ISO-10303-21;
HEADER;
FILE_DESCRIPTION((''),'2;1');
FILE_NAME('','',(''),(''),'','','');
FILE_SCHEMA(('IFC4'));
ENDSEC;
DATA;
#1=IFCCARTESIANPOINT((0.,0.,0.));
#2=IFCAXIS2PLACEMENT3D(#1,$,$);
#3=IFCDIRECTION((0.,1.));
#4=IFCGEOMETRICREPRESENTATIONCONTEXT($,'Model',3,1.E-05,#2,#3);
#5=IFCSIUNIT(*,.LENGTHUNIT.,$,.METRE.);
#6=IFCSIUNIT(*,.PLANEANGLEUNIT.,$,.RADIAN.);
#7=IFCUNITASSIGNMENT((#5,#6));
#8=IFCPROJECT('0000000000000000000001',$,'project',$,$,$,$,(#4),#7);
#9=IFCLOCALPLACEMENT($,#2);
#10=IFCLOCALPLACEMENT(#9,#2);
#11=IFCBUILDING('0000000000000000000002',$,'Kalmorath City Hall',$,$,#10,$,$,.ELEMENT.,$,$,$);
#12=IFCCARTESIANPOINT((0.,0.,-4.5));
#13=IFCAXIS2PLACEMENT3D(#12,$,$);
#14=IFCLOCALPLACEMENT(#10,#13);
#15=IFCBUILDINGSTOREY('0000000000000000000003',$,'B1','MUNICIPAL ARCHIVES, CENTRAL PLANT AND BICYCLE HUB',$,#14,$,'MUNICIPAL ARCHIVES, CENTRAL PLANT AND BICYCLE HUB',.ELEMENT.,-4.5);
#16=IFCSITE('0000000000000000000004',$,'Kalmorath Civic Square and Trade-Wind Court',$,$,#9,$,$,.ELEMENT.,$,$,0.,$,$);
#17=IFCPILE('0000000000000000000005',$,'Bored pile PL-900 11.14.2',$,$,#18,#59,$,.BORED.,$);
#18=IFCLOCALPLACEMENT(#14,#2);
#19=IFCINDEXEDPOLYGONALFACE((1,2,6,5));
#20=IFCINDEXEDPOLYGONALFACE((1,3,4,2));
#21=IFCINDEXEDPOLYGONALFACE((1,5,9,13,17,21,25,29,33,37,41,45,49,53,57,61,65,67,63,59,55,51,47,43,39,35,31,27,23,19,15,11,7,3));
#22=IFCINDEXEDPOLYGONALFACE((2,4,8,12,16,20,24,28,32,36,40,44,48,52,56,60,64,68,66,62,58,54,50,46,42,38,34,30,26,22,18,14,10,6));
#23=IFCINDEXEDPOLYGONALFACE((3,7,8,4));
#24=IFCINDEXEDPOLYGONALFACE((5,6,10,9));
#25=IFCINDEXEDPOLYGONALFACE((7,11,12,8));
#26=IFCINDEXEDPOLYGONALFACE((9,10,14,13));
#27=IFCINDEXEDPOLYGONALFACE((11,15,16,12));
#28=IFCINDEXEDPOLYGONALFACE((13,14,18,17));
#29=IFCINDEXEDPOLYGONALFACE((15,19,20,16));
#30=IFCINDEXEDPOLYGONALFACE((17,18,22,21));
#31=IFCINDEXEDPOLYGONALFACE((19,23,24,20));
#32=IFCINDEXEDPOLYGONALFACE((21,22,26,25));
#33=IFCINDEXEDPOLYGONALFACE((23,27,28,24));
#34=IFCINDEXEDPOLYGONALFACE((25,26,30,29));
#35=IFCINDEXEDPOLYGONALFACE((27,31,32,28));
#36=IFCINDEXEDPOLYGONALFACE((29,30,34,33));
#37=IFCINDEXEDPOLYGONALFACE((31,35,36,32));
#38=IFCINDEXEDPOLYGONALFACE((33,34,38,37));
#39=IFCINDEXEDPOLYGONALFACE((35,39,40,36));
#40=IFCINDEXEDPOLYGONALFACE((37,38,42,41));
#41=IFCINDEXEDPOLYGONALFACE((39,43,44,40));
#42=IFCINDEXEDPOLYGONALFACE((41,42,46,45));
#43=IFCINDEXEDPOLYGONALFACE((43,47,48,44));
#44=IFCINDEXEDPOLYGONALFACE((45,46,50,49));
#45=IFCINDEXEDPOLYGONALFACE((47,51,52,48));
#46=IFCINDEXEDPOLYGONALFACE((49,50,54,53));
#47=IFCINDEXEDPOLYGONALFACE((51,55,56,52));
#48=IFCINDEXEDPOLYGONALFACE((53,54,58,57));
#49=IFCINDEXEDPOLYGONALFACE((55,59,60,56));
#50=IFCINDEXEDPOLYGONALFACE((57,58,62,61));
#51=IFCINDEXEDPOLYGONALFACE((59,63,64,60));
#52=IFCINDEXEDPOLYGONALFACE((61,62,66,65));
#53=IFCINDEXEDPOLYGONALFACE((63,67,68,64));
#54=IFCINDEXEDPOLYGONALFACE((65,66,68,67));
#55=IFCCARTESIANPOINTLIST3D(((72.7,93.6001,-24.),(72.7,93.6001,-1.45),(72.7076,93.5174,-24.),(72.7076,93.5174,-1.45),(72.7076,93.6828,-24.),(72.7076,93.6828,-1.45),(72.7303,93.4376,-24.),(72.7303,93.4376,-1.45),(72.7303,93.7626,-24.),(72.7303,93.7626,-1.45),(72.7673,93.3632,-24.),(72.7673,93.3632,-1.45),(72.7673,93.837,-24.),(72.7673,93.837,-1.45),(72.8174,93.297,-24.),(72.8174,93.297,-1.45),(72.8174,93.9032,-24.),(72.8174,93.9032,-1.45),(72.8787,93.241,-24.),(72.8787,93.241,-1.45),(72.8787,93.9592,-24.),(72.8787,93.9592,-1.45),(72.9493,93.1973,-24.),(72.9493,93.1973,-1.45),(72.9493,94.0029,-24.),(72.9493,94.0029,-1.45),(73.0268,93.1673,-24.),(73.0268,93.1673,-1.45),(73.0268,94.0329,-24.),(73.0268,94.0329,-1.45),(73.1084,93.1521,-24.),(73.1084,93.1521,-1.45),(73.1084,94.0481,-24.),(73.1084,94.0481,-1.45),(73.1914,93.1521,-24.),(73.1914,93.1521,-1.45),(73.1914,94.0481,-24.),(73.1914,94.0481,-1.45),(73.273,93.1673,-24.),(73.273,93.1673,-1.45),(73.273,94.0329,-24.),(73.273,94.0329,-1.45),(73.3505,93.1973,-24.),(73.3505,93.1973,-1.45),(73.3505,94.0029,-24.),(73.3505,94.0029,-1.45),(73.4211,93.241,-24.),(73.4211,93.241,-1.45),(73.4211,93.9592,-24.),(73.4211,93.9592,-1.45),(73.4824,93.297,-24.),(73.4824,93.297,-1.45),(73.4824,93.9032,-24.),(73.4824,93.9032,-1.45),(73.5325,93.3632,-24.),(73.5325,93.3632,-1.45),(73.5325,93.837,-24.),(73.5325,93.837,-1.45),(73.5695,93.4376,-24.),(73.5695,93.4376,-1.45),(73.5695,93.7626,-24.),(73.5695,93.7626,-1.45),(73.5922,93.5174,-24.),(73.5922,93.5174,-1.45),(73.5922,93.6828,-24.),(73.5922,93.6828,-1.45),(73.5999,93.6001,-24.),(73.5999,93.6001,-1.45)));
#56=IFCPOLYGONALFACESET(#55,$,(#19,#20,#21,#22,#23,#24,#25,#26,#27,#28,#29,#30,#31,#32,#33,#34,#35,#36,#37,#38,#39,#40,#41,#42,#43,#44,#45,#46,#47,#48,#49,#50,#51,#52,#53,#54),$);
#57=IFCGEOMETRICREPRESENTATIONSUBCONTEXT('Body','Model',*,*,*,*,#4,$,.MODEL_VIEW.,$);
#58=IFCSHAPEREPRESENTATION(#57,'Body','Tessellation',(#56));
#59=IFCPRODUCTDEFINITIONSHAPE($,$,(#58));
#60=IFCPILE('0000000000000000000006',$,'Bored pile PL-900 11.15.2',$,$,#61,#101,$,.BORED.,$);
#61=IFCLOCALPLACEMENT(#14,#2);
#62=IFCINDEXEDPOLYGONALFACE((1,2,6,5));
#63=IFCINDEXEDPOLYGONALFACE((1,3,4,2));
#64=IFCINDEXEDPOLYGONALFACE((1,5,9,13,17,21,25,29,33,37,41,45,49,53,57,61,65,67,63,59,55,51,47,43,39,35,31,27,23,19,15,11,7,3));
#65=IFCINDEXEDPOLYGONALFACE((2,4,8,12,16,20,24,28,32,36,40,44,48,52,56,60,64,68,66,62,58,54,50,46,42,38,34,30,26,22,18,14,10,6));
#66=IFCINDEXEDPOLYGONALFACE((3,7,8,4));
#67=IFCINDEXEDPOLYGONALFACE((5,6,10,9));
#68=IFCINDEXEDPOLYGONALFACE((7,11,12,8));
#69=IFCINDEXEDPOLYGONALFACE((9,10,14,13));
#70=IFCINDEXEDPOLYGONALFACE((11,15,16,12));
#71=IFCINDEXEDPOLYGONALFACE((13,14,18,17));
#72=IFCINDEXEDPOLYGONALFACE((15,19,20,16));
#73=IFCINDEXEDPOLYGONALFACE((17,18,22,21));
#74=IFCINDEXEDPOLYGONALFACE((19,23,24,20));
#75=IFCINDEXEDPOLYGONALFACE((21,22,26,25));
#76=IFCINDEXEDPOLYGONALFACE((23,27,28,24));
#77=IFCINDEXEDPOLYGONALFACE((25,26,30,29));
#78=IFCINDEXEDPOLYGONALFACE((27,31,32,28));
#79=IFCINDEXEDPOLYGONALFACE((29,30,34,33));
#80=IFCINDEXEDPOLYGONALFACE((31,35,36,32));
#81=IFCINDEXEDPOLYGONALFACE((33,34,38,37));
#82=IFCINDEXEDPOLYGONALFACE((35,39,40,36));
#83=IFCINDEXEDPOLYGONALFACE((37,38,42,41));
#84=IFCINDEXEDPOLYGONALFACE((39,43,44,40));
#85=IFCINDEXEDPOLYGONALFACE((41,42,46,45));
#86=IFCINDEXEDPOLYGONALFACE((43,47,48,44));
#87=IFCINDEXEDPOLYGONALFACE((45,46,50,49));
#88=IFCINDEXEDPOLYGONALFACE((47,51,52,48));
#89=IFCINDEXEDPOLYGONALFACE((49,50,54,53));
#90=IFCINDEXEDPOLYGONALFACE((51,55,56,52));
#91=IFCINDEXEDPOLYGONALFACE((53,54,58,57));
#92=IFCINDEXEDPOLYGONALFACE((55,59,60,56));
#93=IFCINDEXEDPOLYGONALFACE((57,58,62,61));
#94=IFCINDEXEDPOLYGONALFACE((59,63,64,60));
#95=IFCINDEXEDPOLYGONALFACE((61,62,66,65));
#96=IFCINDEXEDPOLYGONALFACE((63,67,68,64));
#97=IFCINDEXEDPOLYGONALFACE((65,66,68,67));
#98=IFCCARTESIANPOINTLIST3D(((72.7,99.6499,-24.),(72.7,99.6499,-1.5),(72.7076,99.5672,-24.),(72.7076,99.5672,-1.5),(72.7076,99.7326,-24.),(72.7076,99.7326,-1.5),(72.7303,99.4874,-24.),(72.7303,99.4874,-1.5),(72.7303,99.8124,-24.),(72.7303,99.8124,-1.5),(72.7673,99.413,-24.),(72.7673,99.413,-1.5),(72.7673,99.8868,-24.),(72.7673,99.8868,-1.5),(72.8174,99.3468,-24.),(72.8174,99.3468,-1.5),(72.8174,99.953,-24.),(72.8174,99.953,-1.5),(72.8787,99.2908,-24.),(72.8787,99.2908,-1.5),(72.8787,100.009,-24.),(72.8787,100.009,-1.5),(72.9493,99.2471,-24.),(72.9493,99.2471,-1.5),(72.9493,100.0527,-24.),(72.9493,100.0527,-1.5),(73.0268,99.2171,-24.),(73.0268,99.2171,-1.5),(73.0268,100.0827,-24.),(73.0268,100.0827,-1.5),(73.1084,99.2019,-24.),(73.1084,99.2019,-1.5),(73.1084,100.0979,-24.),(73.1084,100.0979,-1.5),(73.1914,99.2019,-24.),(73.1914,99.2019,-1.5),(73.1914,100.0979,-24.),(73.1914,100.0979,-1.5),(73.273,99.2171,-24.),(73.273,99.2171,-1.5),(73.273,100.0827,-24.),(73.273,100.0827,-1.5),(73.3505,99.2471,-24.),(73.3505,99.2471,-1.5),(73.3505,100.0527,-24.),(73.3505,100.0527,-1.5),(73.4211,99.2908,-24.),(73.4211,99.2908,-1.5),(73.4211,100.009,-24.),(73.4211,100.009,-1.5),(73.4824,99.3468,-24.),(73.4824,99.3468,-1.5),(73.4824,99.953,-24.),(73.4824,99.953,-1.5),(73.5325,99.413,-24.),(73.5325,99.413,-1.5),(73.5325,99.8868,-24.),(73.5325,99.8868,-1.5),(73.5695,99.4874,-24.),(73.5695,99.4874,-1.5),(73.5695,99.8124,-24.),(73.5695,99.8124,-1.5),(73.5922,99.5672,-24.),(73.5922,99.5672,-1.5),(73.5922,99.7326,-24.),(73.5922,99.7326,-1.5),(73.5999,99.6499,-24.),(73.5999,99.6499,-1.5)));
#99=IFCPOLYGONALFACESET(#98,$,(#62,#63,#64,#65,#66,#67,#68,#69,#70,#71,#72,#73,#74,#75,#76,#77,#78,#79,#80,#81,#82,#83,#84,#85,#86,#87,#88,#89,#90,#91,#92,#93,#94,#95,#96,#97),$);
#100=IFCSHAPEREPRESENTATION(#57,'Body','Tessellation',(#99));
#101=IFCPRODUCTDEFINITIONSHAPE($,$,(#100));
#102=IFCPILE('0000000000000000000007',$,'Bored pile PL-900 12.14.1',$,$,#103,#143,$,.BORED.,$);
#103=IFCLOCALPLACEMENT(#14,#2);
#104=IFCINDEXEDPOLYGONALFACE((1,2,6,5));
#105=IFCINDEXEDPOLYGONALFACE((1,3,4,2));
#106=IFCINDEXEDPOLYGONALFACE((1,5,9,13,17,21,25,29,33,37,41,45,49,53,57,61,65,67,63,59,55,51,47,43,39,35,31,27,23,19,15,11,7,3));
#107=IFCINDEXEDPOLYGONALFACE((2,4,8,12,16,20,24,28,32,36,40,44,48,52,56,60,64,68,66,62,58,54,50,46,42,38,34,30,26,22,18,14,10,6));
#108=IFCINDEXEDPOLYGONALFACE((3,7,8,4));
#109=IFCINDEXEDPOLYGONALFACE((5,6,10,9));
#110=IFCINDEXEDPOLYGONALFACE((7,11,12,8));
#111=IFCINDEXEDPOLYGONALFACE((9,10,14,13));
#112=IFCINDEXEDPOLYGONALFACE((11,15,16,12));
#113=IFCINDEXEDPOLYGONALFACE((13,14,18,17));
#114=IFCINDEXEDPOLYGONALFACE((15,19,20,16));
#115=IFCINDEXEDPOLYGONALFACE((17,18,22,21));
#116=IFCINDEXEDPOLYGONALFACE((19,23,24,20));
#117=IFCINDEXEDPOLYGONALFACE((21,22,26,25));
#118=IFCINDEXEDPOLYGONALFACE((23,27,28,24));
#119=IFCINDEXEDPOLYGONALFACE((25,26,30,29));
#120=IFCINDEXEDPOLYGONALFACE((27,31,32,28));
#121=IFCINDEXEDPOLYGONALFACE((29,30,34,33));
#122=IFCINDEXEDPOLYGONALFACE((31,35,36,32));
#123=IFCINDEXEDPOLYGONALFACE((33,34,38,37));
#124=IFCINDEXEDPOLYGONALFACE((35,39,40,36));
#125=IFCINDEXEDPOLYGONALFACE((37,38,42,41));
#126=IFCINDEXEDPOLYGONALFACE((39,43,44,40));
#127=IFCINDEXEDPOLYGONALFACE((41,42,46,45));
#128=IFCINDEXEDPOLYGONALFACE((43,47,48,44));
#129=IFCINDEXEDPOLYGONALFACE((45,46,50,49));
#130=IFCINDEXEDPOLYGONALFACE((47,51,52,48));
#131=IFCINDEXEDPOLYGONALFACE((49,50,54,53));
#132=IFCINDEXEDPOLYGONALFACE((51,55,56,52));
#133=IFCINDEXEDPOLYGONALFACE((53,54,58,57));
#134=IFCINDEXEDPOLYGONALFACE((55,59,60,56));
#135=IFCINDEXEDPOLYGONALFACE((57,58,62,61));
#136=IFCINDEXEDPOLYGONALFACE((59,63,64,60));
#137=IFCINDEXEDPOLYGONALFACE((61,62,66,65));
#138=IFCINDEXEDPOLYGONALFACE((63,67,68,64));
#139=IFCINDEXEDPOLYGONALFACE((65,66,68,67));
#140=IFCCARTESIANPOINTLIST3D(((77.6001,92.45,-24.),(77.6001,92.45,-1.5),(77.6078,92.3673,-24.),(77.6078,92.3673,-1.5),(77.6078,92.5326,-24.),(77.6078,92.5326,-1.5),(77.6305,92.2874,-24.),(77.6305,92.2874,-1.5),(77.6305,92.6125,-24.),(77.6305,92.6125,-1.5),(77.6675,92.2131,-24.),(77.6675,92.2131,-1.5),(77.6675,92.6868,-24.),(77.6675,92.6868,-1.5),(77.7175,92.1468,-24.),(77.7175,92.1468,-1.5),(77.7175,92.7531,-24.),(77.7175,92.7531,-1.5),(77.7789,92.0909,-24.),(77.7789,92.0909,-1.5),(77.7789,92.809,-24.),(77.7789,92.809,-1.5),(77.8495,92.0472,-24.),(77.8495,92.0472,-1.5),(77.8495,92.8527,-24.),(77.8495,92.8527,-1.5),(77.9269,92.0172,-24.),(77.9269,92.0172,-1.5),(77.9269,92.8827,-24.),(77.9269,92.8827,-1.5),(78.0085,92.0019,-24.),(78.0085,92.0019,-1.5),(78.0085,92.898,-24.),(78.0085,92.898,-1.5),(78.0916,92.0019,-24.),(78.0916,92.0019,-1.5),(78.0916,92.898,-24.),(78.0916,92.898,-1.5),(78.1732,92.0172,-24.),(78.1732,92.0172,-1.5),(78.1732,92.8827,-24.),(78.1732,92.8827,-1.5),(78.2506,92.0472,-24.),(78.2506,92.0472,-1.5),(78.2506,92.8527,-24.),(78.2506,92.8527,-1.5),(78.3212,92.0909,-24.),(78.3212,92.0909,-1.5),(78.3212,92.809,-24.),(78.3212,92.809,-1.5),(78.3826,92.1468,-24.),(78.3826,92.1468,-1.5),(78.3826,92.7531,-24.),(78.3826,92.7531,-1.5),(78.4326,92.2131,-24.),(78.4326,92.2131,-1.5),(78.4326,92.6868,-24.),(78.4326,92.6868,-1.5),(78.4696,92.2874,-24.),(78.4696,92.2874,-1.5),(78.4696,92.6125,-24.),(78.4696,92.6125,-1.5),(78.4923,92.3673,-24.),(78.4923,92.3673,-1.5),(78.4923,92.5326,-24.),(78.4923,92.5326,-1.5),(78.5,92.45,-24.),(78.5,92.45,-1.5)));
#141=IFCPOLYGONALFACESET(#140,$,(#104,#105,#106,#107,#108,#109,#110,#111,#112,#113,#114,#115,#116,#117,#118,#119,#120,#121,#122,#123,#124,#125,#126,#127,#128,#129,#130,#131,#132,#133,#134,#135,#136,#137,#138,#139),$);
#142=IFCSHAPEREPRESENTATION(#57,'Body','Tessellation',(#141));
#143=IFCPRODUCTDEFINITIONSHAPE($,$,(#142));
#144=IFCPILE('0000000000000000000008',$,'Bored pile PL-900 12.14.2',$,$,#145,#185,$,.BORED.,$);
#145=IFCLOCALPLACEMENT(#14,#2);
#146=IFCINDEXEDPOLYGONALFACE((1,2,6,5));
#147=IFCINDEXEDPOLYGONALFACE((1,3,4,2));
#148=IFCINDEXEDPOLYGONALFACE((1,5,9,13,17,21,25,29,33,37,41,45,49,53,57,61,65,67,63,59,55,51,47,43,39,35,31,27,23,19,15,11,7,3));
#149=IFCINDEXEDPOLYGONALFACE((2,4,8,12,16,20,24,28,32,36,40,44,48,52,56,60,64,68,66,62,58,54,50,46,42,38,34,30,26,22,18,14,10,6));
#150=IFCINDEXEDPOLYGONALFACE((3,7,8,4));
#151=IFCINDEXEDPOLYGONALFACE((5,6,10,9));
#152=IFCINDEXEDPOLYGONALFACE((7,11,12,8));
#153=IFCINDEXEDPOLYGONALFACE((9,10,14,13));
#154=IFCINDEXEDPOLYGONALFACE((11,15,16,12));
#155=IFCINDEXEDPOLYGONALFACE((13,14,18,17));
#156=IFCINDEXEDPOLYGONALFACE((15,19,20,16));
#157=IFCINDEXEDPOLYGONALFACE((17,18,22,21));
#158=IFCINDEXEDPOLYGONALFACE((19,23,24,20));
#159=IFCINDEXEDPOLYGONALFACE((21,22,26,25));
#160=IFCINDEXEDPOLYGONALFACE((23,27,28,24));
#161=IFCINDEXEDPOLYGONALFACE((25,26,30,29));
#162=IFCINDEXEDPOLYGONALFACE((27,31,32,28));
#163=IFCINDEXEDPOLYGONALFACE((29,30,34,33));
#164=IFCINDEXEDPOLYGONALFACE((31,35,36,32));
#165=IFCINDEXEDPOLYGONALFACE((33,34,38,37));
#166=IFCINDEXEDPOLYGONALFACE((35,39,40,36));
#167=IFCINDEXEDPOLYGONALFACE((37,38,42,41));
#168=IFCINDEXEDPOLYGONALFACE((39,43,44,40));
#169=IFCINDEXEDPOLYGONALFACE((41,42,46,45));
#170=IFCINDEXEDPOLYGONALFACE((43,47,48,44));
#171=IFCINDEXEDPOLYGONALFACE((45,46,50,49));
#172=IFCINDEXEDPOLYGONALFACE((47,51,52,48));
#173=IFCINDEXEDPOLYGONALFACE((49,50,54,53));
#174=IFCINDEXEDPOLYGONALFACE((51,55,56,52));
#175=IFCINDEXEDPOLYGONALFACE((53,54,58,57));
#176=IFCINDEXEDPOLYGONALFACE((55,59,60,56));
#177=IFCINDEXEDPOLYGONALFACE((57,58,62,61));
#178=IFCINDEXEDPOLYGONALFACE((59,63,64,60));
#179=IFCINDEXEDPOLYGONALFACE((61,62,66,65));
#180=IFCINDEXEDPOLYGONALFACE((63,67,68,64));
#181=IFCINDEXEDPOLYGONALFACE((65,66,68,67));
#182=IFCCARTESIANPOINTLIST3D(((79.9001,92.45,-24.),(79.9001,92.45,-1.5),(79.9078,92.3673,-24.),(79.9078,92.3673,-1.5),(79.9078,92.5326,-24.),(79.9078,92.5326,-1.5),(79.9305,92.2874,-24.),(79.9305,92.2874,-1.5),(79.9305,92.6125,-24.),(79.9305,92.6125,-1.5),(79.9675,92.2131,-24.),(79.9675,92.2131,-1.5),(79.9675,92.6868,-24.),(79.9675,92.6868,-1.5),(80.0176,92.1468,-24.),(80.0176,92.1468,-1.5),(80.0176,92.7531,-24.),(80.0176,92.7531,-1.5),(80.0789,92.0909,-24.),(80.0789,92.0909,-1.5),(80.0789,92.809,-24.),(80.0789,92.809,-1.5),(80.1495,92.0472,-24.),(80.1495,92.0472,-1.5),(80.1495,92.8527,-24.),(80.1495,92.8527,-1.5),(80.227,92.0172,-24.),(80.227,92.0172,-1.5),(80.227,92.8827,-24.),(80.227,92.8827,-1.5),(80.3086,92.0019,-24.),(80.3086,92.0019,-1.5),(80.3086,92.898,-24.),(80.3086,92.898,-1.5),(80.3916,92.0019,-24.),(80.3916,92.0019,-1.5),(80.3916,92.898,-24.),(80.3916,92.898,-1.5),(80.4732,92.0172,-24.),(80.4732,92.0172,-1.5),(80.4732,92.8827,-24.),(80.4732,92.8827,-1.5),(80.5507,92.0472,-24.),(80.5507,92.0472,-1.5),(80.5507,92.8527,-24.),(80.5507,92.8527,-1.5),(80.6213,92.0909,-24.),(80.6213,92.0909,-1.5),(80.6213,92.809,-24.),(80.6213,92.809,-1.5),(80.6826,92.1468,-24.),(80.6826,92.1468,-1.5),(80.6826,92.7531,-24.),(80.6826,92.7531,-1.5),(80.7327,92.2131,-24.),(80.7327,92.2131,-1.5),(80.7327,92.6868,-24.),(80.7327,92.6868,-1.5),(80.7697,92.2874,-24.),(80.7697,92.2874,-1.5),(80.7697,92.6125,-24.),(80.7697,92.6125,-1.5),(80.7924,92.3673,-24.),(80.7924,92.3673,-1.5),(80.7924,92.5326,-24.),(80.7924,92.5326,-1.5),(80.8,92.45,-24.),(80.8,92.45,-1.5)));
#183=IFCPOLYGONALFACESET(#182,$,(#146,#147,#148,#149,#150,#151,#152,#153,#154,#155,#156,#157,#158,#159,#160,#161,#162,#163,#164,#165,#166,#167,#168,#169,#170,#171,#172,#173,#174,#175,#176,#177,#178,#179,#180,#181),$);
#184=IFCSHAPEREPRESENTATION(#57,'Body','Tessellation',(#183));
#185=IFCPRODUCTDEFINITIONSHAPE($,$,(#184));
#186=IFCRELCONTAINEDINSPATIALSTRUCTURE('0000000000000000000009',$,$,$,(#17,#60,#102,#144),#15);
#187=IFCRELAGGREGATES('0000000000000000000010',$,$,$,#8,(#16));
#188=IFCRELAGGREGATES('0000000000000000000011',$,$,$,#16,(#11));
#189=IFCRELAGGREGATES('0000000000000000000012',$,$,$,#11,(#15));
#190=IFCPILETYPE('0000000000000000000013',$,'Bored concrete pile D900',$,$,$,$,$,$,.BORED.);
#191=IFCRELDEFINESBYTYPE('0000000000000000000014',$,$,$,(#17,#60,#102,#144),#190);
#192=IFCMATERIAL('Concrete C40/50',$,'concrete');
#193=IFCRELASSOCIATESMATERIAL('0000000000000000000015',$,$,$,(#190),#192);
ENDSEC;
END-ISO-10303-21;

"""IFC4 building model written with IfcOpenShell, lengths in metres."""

from ifc_helpers import new_model, si_unit, direction, frame, origin, origin_2d, place, context, subcontext, project, spatial, circle, extrude, material, material_profile, profile_set, type_object, element, save


model = new_model("IFC4")

# Units and contexts
model_context = context("Model", 3, precision=1e-05, world=origin(), true_north=direction((0.0, 1.0)))
body_context = subcontext(model_context, "Body", "Model", "MODEL_VIEW")
ifc_project = project(units=[si_unit("LENGTHUNIT", "METRE"), si_unit("PLANEANGLEUNIT", "RADIAN")], contexts=[model_context])

# Site, building, storey
site_placement = place(None, origin())
site = spatial("IfcSite", under=ifc_project, at=site_placement, Name="Kalmorath Civic Square and Trade-Wind Court", CompositionType="ELEMENT", RefElevation=0.0)
building_placement = place(site_placement, origin())
building = spatial("IfcBuilding", under=site, at=building_placement, Name="Kalmorath City Hall", CompositionType="ELEMENT")
storey_placement = place(building_placement, frame((0.0, 0.0, -4.5)))
storey = spatial("IfcBuildingStorey", under=building, at=storey_placement, Name="B1", Description="MUNICIPAL ARCHIVES, CENTRAL PLANT AND BICYCLE HUB", LongName="MUNICIPAL ARCHIVES, CENTRAL PLANT AND BICYCLE HUB", CompositionType="ELEMENT", Elevation=-4.5)

# Piles
ifc_material_1 = material(Name="Concrete C40/50", Category="concrete")
ifc_material_profile_1 = material_profile(ifc_material_1, circle(Radius=0.45, at=origin_2d()), Name="PILE-D900")
ifc_profile_set_1 = profile_set([ifc_material_profile_1], Name="Concrete C40/50")
pile_type = type_object("IfcPileType", Name="Bored concrete pile D900", PredefinedType="BORED", material=ifc_profile_set_1)
pile_placement = place(storey_placement, frame((73.1499, 93.6001, -1.45), z_axis=(0.0, 0.0, -1.0), x_axis=(1.0, 0.0, 0.0)))
element("IfcPile", 1, at=pile_placement, inside=storey, type_object=pile_type, Name="Bored pile PL-900 11.14.2", PredefinedType="BORED", context=body_context, shape_type="SweptSolid", body=[
    extrude(circle(Radius=0.45, at=origin_2d()), origin(), (0.0, 0.0, 1.0), 22.55),
])
for number, where, z_axis, x_axis, name in (
    (2, (73.1499, 99.6499, -1.5), (0.0, 0.0, -1.0), (1.0, 0.0, 0.0), "Bored pile PL-900 11.15.2"),
    (3, (78.05, 92.45, -1.5), (0.0, 0.0, -1.0), (1.0, 0.0, 0.0), "Bored pile PL-900 12.14.1"),
    (4, (80.3501, 92.45, -1.5), (0.0, 0.0, -1.0), (1.0, 0.0, 0.0), "Bored pile PL-900 12.14.2"),
):
    element("IfcPile", number, at=place(storey_placement, frame(where, z_axis=z_axis, x_axis=x_axis)), inside=storey, type_object=pile_type, Name=name, PredefinedType="BORED", context=body_context, shape_type="SweptSolid", body=[
        extrude(circle(Radius=0.45, at=origin_2d()), origin(), (0.0, 0.0, 1.0), 22.5),
    ])

save(model, "model.ifc")
